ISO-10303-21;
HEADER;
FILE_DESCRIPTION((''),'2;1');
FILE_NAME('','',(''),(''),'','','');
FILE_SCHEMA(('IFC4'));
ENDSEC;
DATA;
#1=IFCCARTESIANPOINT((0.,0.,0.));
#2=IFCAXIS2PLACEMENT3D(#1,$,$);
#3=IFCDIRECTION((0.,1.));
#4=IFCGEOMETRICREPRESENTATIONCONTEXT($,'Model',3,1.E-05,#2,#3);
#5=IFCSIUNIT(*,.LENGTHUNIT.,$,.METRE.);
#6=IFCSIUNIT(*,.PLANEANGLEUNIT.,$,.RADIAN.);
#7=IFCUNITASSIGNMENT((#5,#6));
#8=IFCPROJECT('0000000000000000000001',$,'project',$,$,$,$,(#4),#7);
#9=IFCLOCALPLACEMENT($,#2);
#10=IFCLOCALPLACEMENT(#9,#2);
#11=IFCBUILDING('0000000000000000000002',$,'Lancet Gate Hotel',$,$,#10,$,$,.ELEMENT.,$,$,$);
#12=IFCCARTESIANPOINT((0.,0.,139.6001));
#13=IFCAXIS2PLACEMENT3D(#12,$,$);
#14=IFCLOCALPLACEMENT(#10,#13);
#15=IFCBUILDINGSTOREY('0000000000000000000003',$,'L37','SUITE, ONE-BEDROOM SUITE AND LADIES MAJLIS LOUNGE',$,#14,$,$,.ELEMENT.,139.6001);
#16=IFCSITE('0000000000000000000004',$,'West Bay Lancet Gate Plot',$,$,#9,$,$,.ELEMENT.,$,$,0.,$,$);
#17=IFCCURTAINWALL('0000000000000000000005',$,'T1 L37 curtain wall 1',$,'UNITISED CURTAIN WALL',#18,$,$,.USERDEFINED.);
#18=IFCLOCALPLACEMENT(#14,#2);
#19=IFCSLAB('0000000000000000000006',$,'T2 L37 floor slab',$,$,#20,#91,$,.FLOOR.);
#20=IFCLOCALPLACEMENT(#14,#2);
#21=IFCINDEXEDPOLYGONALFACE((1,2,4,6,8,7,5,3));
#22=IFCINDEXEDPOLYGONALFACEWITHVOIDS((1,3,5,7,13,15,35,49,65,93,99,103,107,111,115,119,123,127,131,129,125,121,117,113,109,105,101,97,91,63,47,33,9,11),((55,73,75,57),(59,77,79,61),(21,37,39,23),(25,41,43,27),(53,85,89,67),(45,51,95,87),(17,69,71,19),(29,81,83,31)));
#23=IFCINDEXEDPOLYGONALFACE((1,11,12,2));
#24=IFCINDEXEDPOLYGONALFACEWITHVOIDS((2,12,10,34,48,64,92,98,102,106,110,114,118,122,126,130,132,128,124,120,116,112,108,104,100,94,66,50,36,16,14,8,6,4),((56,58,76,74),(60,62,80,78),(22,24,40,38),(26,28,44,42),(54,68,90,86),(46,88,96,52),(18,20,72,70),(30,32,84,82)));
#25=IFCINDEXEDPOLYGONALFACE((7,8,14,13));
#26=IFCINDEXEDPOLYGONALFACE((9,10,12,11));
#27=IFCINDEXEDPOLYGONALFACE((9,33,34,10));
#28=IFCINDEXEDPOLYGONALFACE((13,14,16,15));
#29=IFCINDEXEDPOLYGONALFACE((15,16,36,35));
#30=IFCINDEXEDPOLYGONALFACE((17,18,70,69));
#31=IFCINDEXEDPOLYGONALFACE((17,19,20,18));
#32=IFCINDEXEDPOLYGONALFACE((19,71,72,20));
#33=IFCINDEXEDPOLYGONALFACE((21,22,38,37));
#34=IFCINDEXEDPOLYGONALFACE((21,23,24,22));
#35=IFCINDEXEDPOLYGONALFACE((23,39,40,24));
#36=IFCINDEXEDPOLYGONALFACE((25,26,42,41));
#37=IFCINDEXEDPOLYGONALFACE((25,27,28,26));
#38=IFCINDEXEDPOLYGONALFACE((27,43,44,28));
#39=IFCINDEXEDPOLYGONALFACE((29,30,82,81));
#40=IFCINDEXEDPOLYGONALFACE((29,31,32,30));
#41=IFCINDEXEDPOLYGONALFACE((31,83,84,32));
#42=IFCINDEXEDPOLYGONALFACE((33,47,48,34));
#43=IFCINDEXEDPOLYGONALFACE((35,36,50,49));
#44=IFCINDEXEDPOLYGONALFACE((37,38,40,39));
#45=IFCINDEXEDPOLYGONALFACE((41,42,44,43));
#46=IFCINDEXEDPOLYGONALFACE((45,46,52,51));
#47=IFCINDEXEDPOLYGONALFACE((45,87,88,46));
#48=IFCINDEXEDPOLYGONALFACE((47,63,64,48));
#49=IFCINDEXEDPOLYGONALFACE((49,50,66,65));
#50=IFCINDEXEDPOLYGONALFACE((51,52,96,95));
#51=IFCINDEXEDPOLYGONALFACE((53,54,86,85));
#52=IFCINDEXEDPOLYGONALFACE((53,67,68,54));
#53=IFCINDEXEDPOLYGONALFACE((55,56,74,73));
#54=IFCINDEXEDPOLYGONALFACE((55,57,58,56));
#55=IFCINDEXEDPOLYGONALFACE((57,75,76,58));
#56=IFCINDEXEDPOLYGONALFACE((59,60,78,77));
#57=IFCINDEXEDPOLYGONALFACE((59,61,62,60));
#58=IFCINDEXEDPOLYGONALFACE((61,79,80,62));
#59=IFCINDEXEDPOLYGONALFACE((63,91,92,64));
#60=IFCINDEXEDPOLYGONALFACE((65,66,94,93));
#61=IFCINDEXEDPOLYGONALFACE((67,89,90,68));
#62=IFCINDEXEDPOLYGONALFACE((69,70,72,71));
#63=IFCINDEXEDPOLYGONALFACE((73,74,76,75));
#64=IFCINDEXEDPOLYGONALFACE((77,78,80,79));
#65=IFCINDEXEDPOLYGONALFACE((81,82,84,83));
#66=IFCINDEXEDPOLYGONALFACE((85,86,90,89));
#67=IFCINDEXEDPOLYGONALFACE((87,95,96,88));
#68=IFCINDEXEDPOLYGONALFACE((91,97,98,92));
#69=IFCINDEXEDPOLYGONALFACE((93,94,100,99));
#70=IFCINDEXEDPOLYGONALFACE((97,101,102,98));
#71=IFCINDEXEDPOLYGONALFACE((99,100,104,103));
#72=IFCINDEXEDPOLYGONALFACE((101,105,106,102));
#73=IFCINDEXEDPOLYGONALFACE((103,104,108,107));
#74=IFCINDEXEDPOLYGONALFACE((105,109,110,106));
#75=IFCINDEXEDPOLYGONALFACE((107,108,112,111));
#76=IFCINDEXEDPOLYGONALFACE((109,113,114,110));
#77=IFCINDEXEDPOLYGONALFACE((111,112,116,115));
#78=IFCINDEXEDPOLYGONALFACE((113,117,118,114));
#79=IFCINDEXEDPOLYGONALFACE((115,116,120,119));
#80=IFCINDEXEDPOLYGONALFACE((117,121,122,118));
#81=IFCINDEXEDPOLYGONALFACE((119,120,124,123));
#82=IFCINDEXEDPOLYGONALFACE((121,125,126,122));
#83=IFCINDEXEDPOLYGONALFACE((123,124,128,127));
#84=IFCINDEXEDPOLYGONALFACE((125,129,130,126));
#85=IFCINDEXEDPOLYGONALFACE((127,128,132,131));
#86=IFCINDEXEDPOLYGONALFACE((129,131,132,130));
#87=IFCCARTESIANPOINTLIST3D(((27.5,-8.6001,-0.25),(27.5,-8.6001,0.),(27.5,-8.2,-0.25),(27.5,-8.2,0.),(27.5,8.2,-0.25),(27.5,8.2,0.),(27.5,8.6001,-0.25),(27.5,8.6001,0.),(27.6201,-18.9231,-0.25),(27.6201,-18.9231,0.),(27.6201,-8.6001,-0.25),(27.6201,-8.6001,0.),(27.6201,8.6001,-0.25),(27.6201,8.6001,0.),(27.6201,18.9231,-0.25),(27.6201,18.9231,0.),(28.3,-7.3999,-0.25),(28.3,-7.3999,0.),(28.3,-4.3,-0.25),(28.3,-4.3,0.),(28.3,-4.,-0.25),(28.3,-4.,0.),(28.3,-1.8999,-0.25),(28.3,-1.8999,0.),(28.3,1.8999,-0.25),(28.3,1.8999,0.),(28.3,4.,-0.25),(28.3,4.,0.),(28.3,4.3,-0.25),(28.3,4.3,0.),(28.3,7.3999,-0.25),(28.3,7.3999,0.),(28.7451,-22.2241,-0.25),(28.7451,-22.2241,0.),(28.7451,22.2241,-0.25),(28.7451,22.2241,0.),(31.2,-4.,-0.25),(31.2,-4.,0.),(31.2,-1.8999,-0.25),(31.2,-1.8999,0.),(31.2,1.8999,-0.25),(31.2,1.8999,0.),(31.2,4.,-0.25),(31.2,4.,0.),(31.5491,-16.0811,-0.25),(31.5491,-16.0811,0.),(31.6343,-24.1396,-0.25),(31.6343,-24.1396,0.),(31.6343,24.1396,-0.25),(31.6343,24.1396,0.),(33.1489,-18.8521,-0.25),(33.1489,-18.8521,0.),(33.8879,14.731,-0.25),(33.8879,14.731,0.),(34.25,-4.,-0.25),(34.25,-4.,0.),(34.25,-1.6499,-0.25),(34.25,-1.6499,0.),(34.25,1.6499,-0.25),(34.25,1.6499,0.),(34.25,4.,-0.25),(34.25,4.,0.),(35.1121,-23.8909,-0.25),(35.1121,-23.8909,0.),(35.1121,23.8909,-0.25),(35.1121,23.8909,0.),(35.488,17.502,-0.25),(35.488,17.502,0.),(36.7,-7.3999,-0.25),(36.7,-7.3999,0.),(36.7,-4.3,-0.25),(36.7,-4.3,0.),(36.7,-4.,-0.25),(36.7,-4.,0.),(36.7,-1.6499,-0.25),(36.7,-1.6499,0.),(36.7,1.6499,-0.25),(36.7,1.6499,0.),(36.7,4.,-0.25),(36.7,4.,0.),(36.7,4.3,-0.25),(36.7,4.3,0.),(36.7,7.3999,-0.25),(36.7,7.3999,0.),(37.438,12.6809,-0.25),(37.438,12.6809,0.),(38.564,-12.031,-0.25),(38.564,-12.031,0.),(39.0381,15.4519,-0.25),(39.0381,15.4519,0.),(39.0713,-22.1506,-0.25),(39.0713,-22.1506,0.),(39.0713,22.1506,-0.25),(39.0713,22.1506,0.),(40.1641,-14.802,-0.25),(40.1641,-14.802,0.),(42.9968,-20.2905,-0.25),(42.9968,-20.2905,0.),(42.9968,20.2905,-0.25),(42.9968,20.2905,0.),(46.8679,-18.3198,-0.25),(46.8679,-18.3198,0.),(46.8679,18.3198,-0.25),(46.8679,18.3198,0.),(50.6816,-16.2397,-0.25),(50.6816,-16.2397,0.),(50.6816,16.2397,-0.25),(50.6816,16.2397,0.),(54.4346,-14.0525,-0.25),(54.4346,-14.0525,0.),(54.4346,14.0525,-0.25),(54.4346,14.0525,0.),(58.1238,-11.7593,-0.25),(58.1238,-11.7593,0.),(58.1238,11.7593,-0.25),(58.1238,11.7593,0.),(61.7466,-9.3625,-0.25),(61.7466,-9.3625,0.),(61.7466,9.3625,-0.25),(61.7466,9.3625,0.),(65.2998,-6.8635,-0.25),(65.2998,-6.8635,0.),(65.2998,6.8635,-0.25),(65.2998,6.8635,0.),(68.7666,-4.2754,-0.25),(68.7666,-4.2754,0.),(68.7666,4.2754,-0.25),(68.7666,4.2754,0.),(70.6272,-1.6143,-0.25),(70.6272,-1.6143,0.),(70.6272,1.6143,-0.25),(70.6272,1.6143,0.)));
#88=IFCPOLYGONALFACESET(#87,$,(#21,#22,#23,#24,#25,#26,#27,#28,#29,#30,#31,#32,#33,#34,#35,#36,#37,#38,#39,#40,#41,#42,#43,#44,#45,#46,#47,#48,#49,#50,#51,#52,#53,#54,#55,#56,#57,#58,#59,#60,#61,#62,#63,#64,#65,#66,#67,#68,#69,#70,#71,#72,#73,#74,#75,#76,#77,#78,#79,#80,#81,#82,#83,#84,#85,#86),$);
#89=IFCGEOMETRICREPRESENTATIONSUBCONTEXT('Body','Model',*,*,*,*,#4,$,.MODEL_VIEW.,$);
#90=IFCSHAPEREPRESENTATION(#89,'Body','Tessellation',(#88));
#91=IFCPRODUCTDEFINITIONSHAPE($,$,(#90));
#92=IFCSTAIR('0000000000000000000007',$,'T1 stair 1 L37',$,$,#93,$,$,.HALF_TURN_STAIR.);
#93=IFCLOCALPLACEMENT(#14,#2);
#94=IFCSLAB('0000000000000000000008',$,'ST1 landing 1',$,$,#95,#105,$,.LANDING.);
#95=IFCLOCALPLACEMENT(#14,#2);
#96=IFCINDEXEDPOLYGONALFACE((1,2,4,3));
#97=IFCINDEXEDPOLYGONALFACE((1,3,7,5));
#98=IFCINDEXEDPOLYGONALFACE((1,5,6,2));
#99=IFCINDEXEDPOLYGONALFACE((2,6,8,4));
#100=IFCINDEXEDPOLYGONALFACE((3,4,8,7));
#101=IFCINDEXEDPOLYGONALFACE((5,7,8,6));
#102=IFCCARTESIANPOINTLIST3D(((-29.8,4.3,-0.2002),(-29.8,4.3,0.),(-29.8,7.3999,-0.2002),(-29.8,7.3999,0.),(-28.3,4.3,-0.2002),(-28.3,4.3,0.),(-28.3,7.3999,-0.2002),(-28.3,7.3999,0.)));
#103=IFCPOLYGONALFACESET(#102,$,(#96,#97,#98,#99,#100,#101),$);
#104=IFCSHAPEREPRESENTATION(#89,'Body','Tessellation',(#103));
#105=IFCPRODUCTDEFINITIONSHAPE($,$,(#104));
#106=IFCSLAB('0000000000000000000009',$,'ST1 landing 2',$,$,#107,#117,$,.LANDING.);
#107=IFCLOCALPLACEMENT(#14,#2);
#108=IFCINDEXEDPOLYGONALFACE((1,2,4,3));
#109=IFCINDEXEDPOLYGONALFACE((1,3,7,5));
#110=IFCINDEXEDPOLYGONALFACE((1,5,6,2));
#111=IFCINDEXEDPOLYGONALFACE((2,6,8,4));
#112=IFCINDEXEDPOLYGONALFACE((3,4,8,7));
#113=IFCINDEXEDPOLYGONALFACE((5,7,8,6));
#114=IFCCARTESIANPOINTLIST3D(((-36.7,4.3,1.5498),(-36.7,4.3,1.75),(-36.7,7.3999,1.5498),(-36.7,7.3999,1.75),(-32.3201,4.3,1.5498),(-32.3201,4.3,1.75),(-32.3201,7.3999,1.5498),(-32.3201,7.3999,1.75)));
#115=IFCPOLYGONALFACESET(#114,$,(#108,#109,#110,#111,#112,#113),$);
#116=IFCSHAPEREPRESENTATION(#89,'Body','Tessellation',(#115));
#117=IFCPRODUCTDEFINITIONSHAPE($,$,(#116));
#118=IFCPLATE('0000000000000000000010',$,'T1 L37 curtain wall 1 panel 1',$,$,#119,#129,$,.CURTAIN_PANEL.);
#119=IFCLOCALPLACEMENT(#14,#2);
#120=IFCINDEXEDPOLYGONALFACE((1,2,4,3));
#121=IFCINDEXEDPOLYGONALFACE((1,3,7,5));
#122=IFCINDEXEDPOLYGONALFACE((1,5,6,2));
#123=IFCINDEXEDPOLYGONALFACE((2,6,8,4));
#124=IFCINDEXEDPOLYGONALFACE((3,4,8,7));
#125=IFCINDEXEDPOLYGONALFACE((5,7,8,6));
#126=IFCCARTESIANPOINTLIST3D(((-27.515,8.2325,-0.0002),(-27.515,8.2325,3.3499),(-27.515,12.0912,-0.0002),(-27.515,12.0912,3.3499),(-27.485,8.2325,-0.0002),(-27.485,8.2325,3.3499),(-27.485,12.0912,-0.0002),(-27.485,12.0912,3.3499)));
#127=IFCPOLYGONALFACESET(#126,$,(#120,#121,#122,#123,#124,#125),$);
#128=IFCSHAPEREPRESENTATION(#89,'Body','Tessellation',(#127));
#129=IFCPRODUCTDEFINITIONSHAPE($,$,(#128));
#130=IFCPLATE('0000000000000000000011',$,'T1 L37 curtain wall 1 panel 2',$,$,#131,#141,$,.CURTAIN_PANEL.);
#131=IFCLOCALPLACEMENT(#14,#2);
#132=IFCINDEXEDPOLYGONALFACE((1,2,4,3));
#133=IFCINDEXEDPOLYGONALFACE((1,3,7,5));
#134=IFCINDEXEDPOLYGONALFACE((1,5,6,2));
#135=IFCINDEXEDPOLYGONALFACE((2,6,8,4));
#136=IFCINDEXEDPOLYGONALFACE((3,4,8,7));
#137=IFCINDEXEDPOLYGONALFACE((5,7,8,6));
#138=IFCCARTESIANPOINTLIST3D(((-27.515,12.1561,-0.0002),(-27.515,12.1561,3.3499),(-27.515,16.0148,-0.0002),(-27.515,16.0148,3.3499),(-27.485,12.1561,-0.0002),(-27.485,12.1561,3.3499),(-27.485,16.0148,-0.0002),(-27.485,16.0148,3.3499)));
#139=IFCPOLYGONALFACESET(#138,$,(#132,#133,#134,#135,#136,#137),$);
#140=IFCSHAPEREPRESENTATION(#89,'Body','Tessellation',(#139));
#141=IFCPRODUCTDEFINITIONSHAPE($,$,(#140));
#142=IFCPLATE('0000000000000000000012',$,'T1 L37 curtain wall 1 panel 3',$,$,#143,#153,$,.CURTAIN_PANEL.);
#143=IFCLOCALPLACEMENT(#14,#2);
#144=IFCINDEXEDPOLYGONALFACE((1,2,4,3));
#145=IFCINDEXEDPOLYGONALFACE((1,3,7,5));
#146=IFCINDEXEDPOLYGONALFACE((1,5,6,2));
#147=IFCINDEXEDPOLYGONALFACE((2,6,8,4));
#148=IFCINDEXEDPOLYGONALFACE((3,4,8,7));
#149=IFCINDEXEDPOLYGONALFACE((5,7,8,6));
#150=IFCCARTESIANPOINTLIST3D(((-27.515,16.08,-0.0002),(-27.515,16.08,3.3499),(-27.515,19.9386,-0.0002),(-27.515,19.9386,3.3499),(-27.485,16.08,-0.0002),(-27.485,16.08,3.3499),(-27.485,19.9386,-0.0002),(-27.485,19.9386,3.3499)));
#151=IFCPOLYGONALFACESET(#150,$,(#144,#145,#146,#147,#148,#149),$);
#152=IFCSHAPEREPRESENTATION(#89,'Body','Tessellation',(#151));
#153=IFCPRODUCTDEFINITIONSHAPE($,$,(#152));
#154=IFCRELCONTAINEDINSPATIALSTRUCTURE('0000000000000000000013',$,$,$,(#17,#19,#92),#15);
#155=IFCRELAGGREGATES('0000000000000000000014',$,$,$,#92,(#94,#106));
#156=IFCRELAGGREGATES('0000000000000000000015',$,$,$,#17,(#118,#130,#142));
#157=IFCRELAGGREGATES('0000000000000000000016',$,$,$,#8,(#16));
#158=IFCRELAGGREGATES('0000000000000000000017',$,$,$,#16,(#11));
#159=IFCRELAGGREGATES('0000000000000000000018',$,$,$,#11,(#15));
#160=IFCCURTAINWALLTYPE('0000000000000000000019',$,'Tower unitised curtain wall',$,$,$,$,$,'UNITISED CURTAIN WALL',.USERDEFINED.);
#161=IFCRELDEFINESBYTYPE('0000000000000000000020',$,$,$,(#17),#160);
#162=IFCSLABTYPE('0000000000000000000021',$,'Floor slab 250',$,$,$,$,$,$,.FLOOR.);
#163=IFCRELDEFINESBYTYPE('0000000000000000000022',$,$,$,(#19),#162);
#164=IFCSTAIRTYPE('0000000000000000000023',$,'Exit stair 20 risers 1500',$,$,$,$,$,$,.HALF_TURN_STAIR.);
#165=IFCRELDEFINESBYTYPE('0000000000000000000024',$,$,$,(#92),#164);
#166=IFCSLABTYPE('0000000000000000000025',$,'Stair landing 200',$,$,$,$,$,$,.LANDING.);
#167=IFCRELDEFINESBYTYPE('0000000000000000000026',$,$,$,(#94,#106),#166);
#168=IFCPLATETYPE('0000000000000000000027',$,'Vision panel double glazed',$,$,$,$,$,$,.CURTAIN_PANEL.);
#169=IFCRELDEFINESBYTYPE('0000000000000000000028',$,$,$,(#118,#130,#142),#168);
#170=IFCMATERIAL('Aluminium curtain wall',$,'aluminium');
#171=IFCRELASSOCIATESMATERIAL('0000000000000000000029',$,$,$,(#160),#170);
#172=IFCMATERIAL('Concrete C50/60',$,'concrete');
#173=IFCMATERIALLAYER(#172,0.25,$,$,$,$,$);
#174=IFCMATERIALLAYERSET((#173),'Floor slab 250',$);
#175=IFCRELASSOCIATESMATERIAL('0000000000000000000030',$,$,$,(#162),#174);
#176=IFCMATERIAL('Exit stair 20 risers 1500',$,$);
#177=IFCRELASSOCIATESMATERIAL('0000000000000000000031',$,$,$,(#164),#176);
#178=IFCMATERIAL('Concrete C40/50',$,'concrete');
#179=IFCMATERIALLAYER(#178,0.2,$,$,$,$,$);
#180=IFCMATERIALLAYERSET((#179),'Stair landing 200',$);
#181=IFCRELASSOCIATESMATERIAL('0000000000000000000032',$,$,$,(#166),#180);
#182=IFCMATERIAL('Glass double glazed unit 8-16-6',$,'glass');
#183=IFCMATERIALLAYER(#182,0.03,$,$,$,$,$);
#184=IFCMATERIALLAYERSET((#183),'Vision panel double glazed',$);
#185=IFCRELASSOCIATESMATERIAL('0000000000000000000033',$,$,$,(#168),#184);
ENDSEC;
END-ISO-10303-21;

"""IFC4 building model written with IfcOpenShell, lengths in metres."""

from ifc_helpers import new_model, si_unit, direction, frame, origin, origin_2d, place, context, subcontext, project, spatial, polyline, rectangle, outline, extrude, material, layer, layer_set, type_object, element, aggregate, save


model = new_model("IFC4")

# Units and contexts
model_context = context("Model", 3, precision=1e-05, world=origin(), true_north=direction((0.0, 1.0)))
body_context = subcontext(model_context, "Body", "Model", "MODEL_VIEW")
ifc_project = project(units=[si_unit("LENGTHUNIT", "METRE"), si_unit("PLANEANGLEUNIT", "RADIAN")], contexts=[model_context])

# Site, building, storey
site_placement = place(None, origin())
site = spatial("IfcSite", under=ifc_project, at=site_placement, Name="West Bay Lancet Gate Plot", CompositionType="ELEMENT", RefElevation=0.0)
building_placement = place(site_placement, origin())
building = spatial("IfcBuilding", under=site, at=building_placement, Name="Lancet Gate Hotel", CompositionType="ELEMENT")
storey_placement = place(building_placement, frame((0.0, 0.0, 139.6001)))
storey = spatial("IfcBuildingStorey", under=building, at=storey_placement, Name="L37", Description="SUITE, ONE-BEDROOM SUITE AND LADIES MAJLIS LOUNGE", CompositionType="ELEMENT", Elevation=139.6001)

# Curtain wall
ifc_material_1 = material(Name="Aluminium curtain wall", Category="aluminium")
curtain_wall_type = type_object("IfcCurtainWallType", Name="Tower unitised curtain wall", ElementType="UNITISED CURTAIN WALL", PredefinedType="USERDEFINED", material=ifc_material_1)
curtain_wall_placement = place(storey_placement, origin())
curtain_wall = element("IfcCurtainWall", 1, at=curtain_wall_placement, inside=storey, type_object=curtain_wall_type, Name="T1 L37 curtain wall 1", ObjectType="UNITISED CURTAIN WALL", PredefinedType="USERDEFINED")

# Slab
ifc_material_2 = material(Name="Concrete C50/60", Category="concrete")
ifc_layer_1 = layer(ifc_material_2, 0.25)
ifc_layer_set_1 = layer_set([ifc_layer_1], Name="Floor slab 250")
slab_type_1 = type_object("IfcSlabType", Name="Floor slab 250", PredefinedType="FLOOR", material=ifc_layer_set_1)
slab_1_placement = place(storey_placement, frame((0.0, 0.0, -0.25)))
element("IfcSlab", 2, at=slab_1_placement, inside=storey, type_object=slab_type_1, Name="T2 L37 floor slab", PredefinedType="FLOOR", context=body_context, shape_type="SweptSolid", body=[
    extrude(outline(polyline([(27.5, -8.6001), (27.6201, -8.6001), (27.6201, -18.9231), (28.7451, -22.2241), (31.6343, -24.1396), (35.1121, -23.8909), (39.0713, -22.1506), (42.9968, -20.2905), (46.8679, -18.3198), (50.6816, -16.2397), (54.4346, -14.0525), (58.1238, -11.7593), (61.7466, -9.3625), (65.2998, -6.8635), (68.7666, -4.2754), (70.6272, -1.6143), (70.6272, 1.6143), (68.7666, 4.2754), (65.2998, 6.8635), (61.7466, 9.3625), (58.1238, 11.7593), (54.4346, 14.0525), (50.6816, 16.2397), (46.8679, 18.3198), (42.9968, 20.2905), (39.0713, 22.1506), (35.1121, 23.8909), (31.6343, 24.1396), (28.7451, 22.2241), (27.6201, 18.9231), (27.6201, 8.6001), (27.5, 8.6001), (27.5, 8.2), (27.5, -8.2), (27.5, -8.6001)]), holes=[polyline([(36.7, -7.3999), (36.7, -4.3), (28.3, -4.3), (28.3, -7.3999), (36.7, -7.3999)]), polyline([(28.3, -4.0), (31.2, -4.0), (31.2, -1.8999), (28.3, -1.8999), (28.3, -4.0)]), polyline([(34.25, -4.0), (36.7, -4.0), (36.7, -1.6499), (34.25, -1.6499), (34.25, -4.0)]), polyline([(36.7, 1.6499), (36.7, 4.0), (34.25, 4.0), (34.25, 1.6499), (36.7, 1.6499)]), polyline([(28.3, 1.8999), (31.2, 1.8999), (31.2, 4.0), (28.3, 4.0), (28.3, 1.8999)]), polyline([(28.3, 4.3), (36.7, 4.3), (36.7, 7.3999), (28.3, 7.3999), (28.3, 4.3)]), polyline([(31.5491, -16.0811), (33.1489, -18.8521), (40.1641, -14.802), (38.564, -12.031), (31.5491, -16.0811)]), polyline([(33.8879, 14.731), (37.438, 12.6809), (39.0381, 15.4519), (35.488, 17.502), (33.8879, 14.731)])]), origin(), (0.0, 0.0, 1.0), 0.25),
])

# Stair, slabs
ifc_material_3 = material(Name="Exit stair 20 risers 1500")
stair_type = type_object("IfcStairType", Name="Exit stair 20 risers 1500", PredefinedType="HALF_TURN_STAIR", material=ifc_material_3)
stair_placement = place(storey_placement, origin())
stair = element("IfcStair", 3, at=stair_placement, inside=storey, type_object=stair_type, Name="T1 stair 1 L37", PredefinedType="HALF_TURN_STAIR")
ifc_material_4 = material(Name="Concrete C40/50", Category="concrete")
ifc_layer_2 = layer(ifc_material_4, 0.2)
ifc_layer_set_2 = layer_set([ifc_layer_2], Name="Stair landing 200")
slab_type_2 = type_object("IfcSlabType", Name="Stair landing 200", PredefinedType="LANDING", material=ifc_layer_set_2)
slab_2_placement = place(storey_placement, frame((0.0, 0.0, -0.2002)))
slab_2 = element("IfcSlab", 4, at=slab_2_placement, type_object=slab_type_2, Name="ST1 landing 1", PredefinedType="LANDING", context=body_context, shape_type="SweptSolid", body=[
    extrude(outline(polyline([(-28.3, 7.3999), (-29.8, 7.3999), (-29.8, 4.3), (-28.3, 4.3), (-28.3, 7.3999)])), origin(), (0.0, 0.0, 1.0), 0.2002),
])
slab_3_placement = place(storey_placement, frame((0.0, 0.0, 1.5498)))
slab_3 = element("IfcSlab", 5, at=slab_3_placement, type_object=slab_type_2, Name="ST1 landing 2", PredefinedType="LANDING", context=body_context, shape_type="SweptSolid", body=[
    extrude(outline(polyline([(-32.3201, 7.3999), (-36.7, 7.3999), (-36.7, 4.3), (-32.3201, 4.3), (-32.3201, 7.3999)])), origin(), (0.0, 0.0, 1.0), 0.2002),
])
aggregate(stair, [slab_2, slab_3])

# Plates
ifc_material_5 = material(Name="Glass double glazed unit 8-16-6", Category="glass")
ifc_layer_3 = layer(ifc_material_5, 0.03)
ifc_layer_set_3 = layer_set([ifc_layer_3], Name="Vision panel double glazed")
plate_type = type_object("IfcPlateType", Name="Vision panel double glazed", PredefinedType="CURTAIN_PANEL", material=ifc_layer_set_3)
plate_1_placement = place(storey_placement, frame((-27.5, 10.1619, -0.0002), z_axis=(0.0, 0.0, 1.0), x_axis=(0.0, 1.0, 0.0)))
plate_1 = element("IfcPlate", 6, at=plate_1_placement, type_object=plate_type, Name="T1 L37 curtain wall 1 panel 1", PredefinedType="CURTAIN_PANEL", context=body_context, shape_type="SweptSolid", body=[
    extrude(rectangle(XDim=3.8586, YDim=0.03, at=origin_2d()), origin(), (0.0, 0.0, 1.0), 3.3501),
])
plate_2_placement = place(storey_placement, frame((-27.5, 14.0854, -0.0002), z_axis=(0.0, 0.0, 1.0), x_axis=(0.0, 1.0, 0.0)))
plate_2 = element("IfcPlate", 7, at=plate_2_placement, type_object=plate_type, Name="T1 L37 curtain wall 1 panel 2", PredefinedType="CURTAIN_PANEL", context=body_context, shape_type="SweptSolid", body=[
    extrude(rectangle(XDim=3.8586, YDim=0.03, at=origin_2d()), origin(), (0.0, 0.0, 1.0), 3.3501),
])
plate_3_placement = place(storey_placement, frame((-27.5, 18.0093, -0.0002), z_axis=(0.0, 0.0, 1.0), x_axis=(0.0, 1.0, 0.0)))
plate_3 = element("IfcPlate", 8, at=plate_3_placement, type_object=plate_type, Name="T1 L37 curtain wall 1 panel 3", PredefinedType="CURTAIN_PANEL", context=body_context, shape_type="SweptSolid", body=[
    extrude(rectangle(XDim=3.8586, YDim=0.03, at=origin_2d()), origin(), (0.0, 0.0, 1.0), 3.3501),
])
aggregate(curtain_wall, [plate_1, plate_2, plate_3])

save(model, "model.ifc")
